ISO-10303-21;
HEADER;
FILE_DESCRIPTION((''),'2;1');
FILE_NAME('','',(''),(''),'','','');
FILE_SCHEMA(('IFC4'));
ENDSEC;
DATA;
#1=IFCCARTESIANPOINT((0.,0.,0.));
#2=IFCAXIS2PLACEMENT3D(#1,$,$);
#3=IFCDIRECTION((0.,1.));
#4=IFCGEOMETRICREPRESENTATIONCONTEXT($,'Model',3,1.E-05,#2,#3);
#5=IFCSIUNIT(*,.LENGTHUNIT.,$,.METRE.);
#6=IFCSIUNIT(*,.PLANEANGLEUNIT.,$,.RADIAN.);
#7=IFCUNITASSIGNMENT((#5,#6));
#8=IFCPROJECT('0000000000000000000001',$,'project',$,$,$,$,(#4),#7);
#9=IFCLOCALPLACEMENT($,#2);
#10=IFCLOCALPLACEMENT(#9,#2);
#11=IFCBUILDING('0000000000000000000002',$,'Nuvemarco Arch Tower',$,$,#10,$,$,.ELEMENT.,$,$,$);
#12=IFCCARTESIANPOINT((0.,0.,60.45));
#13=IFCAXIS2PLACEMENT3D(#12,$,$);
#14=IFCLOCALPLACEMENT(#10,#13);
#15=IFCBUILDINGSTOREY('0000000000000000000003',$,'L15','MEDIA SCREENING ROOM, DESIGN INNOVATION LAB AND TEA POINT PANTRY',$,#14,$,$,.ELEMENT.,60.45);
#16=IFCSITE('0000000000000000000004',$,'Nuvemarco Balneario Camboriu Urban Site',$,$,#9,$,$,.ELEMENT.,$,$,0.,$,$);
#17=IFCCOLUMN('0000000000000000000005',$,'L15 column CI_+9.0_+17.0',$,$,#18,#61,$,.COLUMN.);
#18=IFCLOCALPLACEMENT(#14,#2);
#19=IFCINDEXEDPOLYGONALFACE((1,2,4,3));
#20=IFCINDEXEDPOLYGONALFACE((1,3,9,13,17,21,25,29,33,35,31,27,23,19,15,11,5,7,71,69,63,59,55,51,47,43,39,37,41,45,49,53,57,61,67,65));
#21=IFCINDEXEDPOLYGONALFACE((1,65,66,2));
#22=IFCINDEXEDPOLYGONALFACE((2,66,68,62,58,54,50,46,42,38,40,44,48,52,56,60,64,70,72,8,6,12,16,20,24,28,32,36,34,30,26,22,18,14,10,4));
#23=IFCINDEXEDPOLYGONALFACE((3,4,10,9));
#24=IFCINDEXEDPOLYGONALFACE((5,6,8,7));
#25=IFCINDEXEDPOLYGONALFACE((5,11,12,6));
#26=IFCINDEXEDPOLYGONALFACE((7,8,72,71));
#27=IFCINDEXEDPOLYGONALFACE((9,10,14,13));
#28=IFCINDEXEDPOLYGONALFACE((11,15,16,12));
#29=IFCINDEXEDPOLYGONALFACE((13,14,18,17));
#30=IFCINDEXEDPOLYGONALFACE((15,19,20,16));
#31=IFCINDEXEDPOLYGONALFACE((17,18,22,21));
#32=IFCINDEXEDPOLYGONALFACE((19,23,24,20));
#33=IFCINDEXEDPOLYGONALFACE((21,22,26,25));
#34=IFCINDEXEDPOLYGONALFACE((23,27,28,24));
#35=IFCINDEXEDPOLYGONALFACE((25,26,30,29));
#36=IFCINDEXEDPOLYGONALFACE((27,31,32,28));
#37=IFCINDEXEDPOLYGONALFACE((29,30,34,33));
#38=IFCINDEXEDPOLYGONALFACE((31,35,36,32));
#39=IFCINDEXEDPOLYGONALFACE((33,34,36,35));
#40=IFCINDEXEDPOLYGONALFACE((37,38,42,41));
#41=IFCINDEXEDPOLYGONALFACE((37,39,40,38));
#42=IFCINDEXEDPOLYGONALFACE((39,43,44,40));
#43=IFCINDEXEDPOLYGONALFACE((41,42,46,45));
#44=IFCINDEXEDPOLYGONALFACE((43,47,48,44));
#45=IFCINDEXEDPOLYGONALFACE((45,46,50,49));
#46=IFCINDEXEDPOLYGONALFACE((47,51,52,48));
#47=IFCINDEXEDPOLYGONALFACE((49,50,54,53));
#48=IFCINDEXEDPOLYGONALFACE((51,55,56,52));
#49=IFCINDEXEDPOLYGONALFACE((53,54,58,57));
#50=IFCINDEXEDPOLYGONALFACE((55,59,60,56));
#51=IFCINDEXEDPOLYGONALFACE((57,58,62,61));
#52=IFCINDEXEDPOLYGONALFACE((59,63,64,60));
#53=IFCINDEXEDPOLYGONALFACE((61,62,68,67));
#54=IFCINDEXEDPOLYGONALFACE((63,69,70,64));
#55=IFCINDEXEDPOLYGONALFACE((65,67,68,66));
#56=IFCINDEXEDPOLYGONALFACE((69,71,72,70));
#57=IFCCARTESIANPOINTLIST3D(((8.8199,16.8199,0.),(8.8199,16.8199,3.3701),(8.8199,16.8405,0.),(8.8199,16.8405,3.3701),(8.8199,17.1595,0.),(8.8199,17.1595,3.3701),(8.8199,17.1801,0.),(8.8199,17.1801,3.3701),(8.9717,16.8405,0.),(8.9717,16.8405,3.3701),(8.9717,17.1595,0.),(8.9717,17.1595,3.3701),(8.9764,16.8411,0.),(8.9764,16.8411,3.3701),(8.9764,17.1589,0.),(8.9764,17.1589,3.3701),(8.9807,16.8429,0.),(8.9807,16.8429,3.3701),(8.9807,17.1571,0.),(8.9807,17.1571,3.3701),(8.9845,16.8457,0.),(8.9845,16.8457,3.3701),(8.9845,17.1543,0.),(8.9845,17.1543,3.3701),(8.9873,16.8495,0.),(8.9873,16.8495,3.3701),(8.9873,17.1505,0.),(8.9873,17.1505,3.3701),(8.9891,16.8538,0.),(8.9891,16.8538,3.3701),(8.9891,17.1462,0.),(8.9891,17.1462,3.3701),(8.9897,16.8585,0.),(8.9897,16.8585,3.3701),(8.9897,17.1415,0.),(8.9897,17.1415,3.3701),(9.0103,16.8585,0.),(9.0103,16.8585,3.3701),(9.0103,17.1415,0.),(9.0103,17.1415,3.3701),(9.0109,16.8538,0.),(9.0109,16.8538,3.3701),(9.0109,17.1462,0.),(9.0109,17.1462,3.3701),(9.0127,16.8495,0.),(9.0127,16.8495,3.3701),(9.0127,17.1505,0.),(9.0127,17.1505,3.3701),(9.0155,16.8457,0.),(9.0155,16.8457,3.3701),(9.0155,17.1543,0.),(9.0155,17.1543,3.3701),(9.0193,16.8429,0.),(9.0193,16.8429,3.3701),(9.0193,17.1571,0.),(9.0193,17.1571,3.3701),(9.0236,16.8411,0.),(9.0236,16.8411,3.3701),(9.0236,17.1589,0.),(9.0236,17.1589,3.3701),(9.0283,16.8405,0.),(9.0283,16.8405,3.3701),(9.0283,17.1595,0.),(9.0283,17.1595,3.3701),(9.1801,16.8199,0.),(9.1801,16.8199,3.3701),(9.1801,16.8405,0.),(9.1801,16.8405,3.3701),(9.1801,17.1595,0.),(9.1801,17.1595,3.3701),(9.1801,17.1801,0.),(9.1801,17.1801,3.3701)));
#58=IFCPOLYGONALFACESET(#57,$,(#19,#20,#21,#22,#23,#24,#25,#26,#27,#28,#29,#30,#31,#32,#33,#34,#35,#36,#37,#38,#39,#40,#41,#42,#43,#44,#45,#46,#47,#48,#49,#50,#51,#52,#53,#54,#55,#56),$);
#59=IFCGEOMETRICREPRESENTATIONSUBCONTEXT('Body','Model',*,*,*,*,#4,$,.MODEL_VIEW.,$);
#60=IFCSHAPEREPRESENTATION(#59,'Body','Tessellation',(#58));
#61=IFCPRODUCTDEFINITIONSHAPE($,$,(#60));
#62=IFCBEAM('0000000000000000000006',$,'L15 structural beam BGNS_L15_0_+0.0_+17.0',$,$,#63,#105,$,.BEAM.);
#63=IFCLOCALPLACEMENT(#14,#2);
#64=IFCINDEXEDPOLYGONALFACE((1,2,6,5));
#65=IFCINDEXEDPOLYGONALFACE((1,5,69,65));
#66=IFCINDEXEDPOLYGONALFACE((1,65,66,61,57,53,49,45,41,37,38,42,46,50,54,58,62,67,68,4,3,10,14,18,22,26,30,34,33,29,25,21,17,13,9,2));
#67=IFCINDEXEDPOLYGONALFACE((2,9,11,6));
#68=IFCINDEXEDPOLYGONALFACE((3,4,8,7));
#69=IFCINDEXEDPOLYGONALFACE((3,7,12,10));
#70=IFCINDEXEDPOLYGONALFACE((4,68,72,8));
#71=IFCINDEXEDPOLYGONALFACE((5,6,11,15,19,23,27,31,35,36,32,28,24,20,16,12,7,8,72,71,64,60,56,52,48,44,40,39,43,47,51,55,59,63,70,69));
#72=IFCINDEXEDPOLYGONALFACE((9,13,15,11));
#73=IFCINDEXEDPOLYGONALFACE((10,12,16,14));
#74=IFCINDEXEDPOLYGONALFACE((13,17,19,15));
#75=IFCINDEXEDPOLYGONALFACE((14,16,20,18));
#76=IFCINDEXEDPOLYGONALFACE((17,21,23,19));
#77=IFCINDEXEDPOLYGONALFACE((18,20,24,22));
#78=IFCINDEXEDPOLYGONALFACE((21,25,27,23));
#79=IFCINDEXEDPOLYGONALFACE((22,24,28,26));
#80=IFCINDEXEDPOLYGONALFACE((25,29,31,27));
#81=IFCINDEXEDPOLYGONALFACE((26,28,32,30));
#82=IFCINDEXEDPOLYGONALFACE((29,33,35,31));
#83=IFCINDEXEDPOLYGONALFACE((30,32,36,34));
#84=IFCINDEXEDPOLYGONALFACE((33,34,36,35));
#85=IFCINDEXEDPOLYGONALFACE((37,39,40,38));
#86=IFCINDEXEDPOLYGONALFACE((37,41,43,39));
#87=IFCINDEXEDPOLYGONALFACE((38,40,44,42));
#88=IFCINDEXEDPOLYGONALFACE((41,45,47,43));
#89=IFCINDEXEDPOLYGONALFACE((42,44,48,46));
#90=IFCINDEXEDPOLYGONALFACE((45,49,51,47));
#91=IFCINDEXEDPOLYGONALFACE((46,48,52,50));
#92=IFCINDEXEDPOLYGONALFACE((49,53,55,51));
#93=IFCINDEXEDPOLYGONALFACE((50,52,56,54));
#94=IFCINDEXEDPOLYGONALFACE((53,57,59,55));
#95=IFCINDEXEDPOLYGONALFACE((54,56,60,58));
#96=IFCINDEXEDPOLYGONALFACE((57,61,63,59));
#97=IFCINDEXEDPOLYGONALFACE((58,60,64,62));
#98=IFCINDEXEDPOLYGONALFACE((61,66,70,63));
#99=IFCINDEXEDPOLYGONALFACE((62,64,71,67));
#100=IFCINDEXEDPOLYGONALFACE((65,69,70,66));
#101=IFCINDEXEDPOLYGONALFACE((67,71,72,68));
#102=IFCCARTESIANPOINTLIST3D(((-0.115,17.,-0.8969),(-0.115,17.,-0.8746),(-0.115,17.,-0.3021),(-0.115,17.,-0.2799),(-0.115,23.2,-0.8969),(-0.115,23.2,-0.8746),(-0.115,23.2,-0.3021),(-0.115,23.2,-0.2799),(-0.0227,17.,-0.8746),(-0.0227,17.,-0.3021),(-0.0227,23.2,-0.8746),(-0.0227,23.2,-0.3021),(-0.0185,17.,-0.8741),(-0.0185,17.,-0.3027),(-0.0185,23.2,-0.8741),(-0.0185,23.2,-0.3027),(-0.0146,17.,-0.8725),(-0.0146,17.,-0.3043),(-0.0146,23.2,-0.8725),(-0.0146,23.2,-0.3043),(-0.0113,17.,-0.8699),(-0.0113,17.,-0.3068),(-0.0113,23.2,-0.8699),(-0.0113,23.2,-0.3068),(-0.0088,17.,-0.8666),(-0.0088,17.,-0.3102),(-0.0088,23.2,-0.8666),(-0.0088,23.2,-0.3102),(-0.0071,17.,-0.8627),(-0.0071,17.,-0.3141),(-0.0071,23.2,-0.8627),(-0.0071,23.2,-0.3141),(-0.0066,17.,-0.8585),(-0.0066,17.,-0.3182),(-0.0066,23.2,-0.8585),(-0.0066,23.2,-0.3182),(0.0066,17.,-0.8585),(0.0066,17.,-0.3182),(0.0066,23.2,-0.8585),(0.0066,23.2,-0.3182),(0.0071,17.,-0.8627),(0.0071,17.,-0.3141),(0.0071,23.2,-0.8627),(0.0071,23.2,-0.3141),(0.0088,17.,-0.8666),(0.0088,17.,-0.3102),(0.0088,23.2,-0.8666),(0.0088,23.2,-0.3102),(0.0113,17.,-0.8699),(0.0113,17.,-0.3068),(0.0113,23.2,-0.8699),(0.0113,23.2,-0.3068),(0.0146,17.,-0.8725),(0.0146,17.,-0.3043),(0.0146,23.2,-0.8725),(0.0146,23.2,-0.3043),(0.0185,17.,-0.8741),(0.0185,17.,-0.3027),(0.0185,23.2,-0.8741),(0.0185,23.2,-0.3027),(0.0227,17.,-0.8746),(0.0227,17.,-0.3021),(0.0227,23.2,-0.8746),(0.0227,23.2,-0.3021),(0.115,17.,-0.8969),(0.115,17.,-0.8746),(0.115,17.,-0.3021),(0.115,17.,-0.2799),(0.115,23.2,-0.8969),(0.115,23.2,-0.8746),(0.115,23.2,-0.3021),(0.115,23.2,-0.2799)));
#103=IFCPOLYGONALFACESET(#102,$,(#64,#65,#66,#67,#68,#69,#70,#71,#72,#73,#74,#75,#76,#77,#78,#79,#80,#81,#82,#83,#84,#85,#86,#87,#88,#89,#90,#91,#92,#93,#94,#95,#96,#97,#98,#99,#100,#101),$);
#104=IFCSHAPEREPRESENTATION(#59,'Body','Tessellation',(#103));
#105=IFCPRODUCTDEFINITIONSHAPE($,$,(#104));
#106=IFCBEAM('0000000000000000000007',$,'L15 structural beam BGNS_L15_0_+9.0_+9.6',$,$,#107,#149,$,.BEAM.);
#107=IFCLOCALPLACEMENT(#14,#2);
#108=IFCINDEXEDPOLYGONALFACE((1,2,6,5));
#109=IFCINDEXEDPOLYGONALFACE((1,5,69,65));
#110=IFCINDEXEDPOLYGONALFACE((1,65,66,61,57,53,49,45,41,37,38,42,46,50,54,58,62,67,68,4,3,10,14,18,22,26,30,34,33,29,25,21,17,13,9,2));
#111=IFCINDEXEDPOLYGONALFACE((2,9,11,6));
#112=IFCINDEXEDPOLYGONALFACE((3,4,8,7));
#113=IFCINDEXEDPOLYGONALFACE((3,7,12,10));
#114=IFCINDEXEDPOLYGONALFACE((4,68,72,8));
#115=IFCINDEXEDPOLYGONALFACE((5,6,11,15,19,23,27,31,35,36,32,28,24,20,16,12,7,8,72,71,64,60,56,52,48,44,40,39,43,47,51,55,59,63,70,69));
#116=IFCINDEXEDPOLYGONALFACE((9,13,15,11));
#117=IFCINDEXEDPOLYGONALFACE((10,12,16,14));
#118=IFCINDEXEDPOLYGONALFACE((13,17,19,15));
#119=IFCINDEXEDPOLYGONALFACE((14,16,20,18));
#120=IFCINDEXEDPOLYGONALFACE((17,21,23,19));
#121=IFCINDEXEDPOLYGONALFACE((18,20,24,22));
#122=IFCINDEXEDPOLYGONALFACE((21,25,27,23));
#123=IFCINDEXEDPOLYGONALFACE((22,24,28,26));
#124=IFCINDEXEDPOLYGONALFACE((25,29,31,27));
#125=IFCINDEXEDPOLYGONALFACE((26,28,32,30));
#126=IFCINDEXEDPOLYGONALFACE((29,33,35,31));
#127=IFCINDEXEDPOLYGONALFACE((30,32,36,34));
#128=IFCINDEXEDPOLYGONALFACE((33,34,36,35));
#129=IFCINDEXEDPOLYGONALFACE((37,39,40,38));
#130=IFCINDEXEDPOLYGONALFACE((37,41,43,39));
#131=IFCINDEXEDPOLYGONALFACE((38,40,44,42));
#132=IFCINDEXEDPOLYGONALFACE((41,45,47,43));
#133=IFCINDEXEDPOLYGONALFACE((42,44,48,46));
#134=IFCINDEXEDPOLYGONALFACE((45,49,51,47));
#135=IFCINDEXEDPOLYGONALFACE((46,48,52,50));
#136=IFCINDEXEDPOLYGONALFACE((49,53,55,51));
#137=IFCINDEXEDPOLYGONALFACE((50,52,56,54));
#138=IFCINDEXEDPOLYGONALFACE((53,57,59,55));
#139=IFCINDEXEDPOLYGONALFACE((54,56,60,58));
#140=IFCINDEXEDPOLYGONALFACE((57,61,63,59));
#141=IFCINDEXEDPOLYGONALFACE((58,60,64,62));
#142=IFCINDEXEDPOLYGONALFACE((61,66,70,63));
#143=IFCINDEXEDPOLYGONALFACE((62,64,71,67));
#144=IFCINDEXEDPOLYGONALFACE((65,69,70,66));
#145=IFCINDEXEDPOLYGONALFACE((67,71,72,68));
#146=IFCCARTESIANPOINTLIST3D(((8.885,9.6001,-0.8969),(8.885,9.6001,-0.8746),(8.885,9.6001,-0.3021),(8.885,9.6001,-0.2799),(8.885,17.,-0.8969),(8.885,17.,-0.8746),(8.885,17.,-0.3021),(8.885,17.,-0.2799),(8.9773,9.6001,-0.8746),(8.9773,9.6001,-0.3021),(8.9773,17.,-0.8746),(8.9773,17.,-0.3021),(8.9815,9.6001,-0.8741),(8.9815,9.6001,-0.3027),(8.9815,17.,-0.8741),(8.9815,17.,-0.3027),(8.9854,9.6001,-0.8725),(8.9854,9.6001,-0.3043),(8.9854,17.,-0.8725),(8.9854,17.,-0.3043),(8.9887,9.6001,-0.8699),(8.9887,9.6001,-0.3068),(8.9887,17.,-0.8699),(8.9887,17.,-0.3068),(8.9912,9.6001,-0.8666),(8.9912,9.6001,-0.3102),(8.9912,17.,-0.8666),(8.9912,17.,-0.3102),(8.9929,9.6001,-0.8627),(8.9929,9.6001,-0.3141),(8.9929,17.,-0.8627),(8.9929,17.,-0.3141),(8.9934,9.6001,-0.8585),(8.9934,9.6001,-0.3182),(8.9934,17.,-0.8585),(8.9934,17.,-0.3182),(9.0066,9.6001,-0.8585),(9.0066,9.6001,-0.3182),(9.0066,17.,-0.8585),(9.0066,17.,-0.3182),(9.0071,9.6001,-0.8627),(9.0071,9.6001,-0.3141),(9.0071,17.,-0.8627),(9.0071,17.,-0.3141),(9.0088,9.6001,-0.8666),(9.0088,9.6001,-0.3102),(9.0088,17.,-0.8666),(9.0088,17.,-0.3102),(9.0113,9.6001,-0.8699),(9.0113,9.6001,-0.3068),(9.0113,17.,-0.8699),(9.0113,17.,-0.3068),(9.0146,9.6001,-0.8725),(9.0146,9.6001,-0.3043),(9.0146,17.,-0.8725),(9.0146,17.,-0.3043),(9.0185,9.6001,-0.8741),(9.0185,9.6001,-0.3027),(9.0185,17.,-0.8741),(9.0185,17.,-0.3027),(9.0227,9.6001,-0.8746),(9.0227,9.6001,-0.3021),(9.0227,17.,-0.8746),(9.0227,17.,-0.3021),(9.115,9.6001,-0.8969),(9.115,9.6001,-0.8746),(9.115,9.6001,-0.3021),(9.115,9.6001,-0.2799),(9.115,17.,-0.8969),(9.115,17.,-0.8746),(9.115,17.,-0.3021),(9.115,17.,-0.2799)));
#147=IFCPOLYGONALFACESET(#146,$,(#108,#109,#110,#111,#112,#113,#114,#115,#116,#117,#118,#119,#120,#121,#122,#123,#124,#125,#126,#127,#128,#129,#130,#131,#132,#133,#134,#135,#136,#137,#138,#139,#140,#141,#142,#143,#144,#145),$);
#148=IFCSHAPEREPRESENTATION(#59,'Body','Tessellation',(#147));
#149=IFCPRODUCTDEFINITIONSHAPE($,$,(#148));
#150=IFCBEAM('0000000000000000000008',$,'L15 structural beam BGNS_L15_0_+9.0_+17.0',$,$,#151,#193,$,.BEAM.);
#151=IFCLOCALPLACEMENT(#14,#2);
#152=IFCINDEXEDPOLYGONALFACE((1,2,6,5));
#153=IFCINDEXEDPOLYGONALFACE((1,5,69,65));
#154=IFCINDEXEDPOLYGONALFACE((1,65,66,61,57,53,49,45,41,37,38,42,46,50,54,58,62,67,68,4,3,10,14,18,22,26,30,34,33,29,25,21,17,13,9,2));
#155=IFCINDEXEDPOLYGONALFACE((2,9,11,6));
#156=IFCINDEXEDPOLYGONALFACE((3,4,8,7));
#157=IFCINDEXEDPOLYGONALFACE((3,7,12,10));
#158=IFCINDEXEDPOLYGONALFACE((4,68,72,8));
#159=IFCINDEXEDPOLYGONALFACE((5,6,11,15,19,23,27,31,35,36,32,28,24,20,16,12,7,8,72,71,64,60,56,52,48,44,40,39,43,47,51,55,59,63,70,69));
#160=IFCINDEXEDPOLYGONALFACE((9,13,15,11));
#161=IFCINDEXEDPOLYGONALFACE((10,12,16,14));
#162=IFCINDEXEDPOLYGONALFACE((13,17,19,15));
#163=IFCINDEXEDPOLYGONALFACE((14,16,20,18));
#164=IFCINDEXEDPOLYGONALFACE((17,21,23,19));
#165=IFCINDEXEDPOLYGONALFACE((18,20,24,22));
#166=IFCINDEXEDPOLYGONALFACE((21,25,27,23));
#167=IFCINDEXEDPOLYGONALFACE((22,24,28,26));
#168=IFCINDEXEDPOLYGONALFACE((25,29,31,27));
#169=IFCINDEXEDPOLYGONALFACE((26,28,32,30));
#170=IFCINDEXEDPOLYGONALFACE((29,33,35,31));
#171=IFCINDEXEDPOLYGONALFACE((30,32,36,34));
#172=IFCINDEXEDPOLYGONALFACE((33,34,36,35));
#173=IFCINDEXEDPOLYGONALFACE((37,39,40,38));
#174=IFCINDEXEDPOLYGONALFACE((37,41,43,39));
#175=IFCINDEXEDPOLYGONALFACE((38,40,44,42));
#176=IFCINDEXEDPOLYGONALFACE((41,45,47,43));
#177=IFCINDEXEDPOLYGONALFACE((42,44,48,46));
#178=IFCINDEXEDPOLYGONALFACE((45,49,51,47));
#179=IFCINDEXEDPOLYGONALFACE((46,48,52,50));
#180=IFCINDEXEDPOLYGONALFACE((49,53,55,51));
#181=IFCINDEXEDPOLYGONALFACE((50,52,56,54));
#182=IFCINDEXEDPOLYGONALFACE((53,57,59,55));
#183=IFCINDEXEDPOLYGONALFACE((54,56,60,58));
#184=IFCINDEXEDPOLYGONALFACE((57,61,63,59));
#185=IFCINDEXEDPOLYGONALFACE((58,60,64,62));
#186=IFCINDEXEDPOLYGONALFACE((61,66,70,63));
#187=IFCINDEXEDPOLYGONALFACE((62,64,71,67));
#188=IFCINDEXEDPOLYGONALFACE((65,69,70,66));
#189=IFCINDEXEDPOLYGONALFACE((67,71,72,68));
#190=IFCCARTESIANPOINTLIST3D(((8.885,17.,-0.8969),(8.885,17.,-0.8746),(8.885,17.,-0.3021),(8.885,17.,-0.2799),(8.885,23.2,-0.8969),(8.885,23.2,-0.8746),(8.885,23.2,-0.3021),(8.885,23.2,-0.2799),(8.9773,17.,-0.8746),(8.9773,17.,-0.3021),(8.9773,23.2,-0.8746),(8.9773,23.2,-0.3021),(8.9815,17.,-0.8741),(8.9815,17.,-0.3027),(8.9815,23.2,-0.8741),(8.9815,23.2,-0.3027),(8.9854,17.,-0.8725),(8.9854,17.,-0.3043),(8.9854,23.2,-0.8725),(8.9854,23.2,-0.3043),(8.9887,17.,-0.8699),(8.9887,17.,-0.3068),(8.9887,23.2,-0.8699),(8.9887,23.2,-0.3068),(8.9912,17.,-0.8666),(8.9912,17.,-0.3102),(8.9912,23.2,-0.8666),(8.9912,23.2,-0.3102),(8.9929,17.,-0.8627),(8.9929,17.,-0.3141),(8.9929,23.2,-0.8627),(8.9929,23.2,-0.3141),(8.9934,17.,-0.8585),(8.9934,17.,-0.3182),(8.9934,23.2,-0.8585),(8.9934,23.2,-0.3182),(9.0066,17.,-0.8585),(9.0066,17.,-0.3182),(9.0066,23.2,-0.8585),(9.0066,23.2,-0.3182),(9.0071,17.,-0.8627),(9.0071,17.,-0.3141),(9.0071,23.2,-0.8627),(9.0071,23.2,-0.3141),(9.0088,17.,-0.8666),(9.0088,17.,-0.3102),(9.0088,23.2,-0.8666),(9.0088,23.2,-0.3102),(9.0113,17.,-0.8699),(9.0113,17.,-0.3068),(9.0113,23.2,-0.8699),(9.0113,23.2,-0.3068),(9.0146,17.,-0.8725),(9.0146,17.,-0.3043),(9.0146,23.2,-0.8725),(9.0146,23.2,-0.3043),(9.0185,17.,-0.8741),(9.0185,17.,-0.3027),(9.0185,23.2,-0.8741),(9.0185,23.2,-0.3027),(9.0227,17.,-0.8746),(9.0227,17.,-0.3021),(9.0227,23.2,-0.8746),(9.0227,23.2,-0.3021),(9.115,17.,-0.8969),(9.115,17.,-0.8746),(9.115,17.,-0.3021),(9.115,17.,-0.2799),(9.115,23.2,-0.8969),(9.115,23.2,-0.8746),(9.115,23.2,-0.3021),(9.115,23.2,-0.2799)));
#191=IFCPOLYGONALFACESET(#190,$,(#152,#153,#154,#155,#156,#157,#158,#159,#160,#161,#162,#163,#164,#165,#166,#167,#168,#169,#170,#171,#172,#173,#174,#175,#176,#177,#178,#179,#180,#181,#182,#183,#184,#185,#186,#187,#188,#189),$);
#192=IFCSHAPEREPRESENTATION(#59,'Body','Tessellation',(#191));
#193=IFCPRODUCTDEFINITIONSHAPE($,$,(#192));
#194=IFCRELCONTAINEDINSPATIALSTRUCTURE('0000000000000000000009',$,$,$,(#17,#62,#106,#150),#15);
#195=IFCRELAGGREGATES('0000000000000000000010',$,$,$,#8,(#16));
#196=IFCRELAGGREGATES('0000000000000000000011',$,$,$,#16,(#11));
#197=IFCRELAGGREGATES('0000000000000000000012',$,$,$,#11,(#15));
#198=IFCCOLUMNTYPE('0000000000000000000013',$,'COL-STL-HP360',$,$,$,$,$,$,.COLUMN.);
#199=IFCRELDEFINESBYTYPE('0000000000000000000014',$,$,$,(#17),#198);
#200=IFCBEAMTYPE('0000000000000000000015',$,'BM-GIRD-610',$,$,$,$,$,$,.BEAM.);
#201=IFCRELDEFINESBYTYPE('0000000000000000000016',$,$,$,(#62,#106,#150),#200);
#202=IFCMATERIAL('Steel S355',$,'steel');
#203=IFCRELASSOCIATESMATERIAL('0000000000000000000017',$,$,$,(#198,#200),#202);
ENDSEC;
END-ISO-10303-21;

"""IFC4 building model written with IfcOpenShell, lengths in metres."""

from ifc_helpers import new_model, si_unit, direction, frame, origin, origin_2d, place, context, subcontext, project, spatial, i_section, extrude, material, material_profile, profile_set, type_object, element, save


model = new_model("IFC4")

# Units and contexts
model_context = context("Model", 3, precision=1e-05, world=origin(), true_north=direction((0.0, 1.0)))
body_context = subcontext(model_context, "Body", "Model", "MODEL_VIEW")
ifc_project = project(units=[si_unit("LENGTHUNIT", "METRE"), si_unit("PLANEANGLEUNIT", "RADIAN")], contexts=[model_context])

# Site, building, storey
site_placement = place(None, origin())
site = spatial("IfcSite", under=ifc_project, at=site_placement, Name="Nuvemarco Balneario Camboriu Urban Site", CompositionType="ELEMENT", RefElevation=0.0)
building_placement = place(site_placement, origin())
building = spatial("IfcBuilding", under=site, at=building_placement, Name="Nuvemarco Arch Tower", CompositionType="ELEMENT")
storey_placement = place(building_placement, frame((0.0, 0.0, 60.45)))
storey = spatial("IfcBuildingStorey", under=building, at=storey_placement, Name="L15", Description="MEDIA SCREENING ROOM, DESIGN INNOVATION LAB AND TEA POINT PANTRY", CompositionType="ELEMENT", Elevation=60.45)

# Column
ifc_material_1 = material(Name="Steel S355", Category="steel")
ifc_material_profile_1 = material_profile(ifc_material_1, i_section(OverallWidth=0.3601, OverallDepth=0.3601, WebThickness=0.0205, FlangeThickness=0.0205, FilletRadius=0.0181, at=origin_2d()), Name="HP360x174")
ifc_profile_set_1 = profile_set([ifc_material_profile_1], Name="Steel S355")
column_type_1 = type_object("IfcColumnType", Name="COL-STL-HP360", PredefinedType="COLUMN", material=ifc_profile_set_1)
for number, where, z_axis, x_axis, name in (
    (1, (9.0, 17.0, 0.0), (0.0, 0.0, 1.0), (1.0, 0.0, 0.0), "L15 column CI_+9.0_+17.0"),
):
    element("IfcColumn", number, at=place(storey_placement, frame(where, z_axis=z_axis, x_axis=x_axis)), inside=storey, type_object=column_type_1, Name=name, PredefinedType="COLUMN", context=body_context, shape_type="SweptSolid", body=[
        extrude(i_section(OverallWidth=0.3601, OverallDepth=0.3601, WebThickness=0.0205, FlangeThickness=0.0205, FilletRadius=0.0181, at=origin_2d()), origin(), (0.0, 0.0, 1.0), 3.3701),
    ])

# Beams
ifc_material_profile_2 = material_profile(ifc_material_1, i_section(OverallWidth=0.23, OverallDepth=0.6169, WebThickness=0.0132, FlangeThickness=0.0222, FilletRadius=0.0161, at=origin_2d()), Name="W610x140")
ifc_profile_set_2 = profile_set([ifc_material_profile_2], Name="Steel S355")
beam_type_1 = type_object("IfcBeamType", Name="BM-GIRD-610", PredefinedType="BEAM", material=ifc_profile_set_2)
beam_1_placement = place(storey_placement, frame((0.0, 17.0, -0.5884), z_axis=(0.0, 1.0, 0.0), x_axis=(-1.0, 0.0, 0.0)))
element("IfcBeam", 2, at=beam_1_placement, inside=storey, type_object=beam_type_1, Name="L15 structural beam BGNS_L15_0_+0.0_+17.0", PredefinedType="BEAM", context=body_context, shape_type="SweptSolid", body=[
    extrude(i_section(OverallWidth=0.23, OverallDepth=0.6169, WebThickness=0.0132, FlangeThickness=0.0222, FilletRadius=0.0161, at=origin_2d()), origin(), (0.0, 0.0, 1.0), 6.2),
])
beam_2_placement = place(storey_placement, frame((9.0, 9.6001, -0.5884), z_axis=(0.0, 1.0, 0.0), x_axis=(-1.0, 0.0, 0.0)))
element("IfcBeam", 3, at=beam_2_placement, inside=storey, type_object=beam_type_1, Name="L15 structural beam BGNS_L15_0_+9.0_+9.6", PredefinedType="BEAM", context=body_context, shape_type="SweptSolid", body=[
    extrude(i_section(OverallWidth=0.23, OverallDepth=0.6169, WebThickness=0.0132, FlangeThickness=0.0222, FilletRadius=0.0161, at=origin_2d()), origin(), (0.0, 0.0, 1.0), 7.3999),
])
beam_3_placement = place(storey_placement, frame((9.0, 17.0, -0.5884), z_axis=(0.0, 1.0, 0.0), x_axis=(-1.0, 0.0, 0.0)))
element("IfcBeam", 4, at=beam_3_placement, inside=storey, type_object=beam_type_1, Name="L15 structural beam BGNS_L15_0_+9.0_+17.0", PredefinedType="BEAM", context=body_context, shape_type="SweptSolid", body=[
    extrude(i_section(OverallWidth=0.23, OverallDepth=0.6169, WebThickness=0.0132, FlangeThickness=0.0222, FilletRadius=0.0161, at=origin_2d()), origin(), (0.0, 0.0, 1.0), 6.2),
])

save(model, "model.ifc")
